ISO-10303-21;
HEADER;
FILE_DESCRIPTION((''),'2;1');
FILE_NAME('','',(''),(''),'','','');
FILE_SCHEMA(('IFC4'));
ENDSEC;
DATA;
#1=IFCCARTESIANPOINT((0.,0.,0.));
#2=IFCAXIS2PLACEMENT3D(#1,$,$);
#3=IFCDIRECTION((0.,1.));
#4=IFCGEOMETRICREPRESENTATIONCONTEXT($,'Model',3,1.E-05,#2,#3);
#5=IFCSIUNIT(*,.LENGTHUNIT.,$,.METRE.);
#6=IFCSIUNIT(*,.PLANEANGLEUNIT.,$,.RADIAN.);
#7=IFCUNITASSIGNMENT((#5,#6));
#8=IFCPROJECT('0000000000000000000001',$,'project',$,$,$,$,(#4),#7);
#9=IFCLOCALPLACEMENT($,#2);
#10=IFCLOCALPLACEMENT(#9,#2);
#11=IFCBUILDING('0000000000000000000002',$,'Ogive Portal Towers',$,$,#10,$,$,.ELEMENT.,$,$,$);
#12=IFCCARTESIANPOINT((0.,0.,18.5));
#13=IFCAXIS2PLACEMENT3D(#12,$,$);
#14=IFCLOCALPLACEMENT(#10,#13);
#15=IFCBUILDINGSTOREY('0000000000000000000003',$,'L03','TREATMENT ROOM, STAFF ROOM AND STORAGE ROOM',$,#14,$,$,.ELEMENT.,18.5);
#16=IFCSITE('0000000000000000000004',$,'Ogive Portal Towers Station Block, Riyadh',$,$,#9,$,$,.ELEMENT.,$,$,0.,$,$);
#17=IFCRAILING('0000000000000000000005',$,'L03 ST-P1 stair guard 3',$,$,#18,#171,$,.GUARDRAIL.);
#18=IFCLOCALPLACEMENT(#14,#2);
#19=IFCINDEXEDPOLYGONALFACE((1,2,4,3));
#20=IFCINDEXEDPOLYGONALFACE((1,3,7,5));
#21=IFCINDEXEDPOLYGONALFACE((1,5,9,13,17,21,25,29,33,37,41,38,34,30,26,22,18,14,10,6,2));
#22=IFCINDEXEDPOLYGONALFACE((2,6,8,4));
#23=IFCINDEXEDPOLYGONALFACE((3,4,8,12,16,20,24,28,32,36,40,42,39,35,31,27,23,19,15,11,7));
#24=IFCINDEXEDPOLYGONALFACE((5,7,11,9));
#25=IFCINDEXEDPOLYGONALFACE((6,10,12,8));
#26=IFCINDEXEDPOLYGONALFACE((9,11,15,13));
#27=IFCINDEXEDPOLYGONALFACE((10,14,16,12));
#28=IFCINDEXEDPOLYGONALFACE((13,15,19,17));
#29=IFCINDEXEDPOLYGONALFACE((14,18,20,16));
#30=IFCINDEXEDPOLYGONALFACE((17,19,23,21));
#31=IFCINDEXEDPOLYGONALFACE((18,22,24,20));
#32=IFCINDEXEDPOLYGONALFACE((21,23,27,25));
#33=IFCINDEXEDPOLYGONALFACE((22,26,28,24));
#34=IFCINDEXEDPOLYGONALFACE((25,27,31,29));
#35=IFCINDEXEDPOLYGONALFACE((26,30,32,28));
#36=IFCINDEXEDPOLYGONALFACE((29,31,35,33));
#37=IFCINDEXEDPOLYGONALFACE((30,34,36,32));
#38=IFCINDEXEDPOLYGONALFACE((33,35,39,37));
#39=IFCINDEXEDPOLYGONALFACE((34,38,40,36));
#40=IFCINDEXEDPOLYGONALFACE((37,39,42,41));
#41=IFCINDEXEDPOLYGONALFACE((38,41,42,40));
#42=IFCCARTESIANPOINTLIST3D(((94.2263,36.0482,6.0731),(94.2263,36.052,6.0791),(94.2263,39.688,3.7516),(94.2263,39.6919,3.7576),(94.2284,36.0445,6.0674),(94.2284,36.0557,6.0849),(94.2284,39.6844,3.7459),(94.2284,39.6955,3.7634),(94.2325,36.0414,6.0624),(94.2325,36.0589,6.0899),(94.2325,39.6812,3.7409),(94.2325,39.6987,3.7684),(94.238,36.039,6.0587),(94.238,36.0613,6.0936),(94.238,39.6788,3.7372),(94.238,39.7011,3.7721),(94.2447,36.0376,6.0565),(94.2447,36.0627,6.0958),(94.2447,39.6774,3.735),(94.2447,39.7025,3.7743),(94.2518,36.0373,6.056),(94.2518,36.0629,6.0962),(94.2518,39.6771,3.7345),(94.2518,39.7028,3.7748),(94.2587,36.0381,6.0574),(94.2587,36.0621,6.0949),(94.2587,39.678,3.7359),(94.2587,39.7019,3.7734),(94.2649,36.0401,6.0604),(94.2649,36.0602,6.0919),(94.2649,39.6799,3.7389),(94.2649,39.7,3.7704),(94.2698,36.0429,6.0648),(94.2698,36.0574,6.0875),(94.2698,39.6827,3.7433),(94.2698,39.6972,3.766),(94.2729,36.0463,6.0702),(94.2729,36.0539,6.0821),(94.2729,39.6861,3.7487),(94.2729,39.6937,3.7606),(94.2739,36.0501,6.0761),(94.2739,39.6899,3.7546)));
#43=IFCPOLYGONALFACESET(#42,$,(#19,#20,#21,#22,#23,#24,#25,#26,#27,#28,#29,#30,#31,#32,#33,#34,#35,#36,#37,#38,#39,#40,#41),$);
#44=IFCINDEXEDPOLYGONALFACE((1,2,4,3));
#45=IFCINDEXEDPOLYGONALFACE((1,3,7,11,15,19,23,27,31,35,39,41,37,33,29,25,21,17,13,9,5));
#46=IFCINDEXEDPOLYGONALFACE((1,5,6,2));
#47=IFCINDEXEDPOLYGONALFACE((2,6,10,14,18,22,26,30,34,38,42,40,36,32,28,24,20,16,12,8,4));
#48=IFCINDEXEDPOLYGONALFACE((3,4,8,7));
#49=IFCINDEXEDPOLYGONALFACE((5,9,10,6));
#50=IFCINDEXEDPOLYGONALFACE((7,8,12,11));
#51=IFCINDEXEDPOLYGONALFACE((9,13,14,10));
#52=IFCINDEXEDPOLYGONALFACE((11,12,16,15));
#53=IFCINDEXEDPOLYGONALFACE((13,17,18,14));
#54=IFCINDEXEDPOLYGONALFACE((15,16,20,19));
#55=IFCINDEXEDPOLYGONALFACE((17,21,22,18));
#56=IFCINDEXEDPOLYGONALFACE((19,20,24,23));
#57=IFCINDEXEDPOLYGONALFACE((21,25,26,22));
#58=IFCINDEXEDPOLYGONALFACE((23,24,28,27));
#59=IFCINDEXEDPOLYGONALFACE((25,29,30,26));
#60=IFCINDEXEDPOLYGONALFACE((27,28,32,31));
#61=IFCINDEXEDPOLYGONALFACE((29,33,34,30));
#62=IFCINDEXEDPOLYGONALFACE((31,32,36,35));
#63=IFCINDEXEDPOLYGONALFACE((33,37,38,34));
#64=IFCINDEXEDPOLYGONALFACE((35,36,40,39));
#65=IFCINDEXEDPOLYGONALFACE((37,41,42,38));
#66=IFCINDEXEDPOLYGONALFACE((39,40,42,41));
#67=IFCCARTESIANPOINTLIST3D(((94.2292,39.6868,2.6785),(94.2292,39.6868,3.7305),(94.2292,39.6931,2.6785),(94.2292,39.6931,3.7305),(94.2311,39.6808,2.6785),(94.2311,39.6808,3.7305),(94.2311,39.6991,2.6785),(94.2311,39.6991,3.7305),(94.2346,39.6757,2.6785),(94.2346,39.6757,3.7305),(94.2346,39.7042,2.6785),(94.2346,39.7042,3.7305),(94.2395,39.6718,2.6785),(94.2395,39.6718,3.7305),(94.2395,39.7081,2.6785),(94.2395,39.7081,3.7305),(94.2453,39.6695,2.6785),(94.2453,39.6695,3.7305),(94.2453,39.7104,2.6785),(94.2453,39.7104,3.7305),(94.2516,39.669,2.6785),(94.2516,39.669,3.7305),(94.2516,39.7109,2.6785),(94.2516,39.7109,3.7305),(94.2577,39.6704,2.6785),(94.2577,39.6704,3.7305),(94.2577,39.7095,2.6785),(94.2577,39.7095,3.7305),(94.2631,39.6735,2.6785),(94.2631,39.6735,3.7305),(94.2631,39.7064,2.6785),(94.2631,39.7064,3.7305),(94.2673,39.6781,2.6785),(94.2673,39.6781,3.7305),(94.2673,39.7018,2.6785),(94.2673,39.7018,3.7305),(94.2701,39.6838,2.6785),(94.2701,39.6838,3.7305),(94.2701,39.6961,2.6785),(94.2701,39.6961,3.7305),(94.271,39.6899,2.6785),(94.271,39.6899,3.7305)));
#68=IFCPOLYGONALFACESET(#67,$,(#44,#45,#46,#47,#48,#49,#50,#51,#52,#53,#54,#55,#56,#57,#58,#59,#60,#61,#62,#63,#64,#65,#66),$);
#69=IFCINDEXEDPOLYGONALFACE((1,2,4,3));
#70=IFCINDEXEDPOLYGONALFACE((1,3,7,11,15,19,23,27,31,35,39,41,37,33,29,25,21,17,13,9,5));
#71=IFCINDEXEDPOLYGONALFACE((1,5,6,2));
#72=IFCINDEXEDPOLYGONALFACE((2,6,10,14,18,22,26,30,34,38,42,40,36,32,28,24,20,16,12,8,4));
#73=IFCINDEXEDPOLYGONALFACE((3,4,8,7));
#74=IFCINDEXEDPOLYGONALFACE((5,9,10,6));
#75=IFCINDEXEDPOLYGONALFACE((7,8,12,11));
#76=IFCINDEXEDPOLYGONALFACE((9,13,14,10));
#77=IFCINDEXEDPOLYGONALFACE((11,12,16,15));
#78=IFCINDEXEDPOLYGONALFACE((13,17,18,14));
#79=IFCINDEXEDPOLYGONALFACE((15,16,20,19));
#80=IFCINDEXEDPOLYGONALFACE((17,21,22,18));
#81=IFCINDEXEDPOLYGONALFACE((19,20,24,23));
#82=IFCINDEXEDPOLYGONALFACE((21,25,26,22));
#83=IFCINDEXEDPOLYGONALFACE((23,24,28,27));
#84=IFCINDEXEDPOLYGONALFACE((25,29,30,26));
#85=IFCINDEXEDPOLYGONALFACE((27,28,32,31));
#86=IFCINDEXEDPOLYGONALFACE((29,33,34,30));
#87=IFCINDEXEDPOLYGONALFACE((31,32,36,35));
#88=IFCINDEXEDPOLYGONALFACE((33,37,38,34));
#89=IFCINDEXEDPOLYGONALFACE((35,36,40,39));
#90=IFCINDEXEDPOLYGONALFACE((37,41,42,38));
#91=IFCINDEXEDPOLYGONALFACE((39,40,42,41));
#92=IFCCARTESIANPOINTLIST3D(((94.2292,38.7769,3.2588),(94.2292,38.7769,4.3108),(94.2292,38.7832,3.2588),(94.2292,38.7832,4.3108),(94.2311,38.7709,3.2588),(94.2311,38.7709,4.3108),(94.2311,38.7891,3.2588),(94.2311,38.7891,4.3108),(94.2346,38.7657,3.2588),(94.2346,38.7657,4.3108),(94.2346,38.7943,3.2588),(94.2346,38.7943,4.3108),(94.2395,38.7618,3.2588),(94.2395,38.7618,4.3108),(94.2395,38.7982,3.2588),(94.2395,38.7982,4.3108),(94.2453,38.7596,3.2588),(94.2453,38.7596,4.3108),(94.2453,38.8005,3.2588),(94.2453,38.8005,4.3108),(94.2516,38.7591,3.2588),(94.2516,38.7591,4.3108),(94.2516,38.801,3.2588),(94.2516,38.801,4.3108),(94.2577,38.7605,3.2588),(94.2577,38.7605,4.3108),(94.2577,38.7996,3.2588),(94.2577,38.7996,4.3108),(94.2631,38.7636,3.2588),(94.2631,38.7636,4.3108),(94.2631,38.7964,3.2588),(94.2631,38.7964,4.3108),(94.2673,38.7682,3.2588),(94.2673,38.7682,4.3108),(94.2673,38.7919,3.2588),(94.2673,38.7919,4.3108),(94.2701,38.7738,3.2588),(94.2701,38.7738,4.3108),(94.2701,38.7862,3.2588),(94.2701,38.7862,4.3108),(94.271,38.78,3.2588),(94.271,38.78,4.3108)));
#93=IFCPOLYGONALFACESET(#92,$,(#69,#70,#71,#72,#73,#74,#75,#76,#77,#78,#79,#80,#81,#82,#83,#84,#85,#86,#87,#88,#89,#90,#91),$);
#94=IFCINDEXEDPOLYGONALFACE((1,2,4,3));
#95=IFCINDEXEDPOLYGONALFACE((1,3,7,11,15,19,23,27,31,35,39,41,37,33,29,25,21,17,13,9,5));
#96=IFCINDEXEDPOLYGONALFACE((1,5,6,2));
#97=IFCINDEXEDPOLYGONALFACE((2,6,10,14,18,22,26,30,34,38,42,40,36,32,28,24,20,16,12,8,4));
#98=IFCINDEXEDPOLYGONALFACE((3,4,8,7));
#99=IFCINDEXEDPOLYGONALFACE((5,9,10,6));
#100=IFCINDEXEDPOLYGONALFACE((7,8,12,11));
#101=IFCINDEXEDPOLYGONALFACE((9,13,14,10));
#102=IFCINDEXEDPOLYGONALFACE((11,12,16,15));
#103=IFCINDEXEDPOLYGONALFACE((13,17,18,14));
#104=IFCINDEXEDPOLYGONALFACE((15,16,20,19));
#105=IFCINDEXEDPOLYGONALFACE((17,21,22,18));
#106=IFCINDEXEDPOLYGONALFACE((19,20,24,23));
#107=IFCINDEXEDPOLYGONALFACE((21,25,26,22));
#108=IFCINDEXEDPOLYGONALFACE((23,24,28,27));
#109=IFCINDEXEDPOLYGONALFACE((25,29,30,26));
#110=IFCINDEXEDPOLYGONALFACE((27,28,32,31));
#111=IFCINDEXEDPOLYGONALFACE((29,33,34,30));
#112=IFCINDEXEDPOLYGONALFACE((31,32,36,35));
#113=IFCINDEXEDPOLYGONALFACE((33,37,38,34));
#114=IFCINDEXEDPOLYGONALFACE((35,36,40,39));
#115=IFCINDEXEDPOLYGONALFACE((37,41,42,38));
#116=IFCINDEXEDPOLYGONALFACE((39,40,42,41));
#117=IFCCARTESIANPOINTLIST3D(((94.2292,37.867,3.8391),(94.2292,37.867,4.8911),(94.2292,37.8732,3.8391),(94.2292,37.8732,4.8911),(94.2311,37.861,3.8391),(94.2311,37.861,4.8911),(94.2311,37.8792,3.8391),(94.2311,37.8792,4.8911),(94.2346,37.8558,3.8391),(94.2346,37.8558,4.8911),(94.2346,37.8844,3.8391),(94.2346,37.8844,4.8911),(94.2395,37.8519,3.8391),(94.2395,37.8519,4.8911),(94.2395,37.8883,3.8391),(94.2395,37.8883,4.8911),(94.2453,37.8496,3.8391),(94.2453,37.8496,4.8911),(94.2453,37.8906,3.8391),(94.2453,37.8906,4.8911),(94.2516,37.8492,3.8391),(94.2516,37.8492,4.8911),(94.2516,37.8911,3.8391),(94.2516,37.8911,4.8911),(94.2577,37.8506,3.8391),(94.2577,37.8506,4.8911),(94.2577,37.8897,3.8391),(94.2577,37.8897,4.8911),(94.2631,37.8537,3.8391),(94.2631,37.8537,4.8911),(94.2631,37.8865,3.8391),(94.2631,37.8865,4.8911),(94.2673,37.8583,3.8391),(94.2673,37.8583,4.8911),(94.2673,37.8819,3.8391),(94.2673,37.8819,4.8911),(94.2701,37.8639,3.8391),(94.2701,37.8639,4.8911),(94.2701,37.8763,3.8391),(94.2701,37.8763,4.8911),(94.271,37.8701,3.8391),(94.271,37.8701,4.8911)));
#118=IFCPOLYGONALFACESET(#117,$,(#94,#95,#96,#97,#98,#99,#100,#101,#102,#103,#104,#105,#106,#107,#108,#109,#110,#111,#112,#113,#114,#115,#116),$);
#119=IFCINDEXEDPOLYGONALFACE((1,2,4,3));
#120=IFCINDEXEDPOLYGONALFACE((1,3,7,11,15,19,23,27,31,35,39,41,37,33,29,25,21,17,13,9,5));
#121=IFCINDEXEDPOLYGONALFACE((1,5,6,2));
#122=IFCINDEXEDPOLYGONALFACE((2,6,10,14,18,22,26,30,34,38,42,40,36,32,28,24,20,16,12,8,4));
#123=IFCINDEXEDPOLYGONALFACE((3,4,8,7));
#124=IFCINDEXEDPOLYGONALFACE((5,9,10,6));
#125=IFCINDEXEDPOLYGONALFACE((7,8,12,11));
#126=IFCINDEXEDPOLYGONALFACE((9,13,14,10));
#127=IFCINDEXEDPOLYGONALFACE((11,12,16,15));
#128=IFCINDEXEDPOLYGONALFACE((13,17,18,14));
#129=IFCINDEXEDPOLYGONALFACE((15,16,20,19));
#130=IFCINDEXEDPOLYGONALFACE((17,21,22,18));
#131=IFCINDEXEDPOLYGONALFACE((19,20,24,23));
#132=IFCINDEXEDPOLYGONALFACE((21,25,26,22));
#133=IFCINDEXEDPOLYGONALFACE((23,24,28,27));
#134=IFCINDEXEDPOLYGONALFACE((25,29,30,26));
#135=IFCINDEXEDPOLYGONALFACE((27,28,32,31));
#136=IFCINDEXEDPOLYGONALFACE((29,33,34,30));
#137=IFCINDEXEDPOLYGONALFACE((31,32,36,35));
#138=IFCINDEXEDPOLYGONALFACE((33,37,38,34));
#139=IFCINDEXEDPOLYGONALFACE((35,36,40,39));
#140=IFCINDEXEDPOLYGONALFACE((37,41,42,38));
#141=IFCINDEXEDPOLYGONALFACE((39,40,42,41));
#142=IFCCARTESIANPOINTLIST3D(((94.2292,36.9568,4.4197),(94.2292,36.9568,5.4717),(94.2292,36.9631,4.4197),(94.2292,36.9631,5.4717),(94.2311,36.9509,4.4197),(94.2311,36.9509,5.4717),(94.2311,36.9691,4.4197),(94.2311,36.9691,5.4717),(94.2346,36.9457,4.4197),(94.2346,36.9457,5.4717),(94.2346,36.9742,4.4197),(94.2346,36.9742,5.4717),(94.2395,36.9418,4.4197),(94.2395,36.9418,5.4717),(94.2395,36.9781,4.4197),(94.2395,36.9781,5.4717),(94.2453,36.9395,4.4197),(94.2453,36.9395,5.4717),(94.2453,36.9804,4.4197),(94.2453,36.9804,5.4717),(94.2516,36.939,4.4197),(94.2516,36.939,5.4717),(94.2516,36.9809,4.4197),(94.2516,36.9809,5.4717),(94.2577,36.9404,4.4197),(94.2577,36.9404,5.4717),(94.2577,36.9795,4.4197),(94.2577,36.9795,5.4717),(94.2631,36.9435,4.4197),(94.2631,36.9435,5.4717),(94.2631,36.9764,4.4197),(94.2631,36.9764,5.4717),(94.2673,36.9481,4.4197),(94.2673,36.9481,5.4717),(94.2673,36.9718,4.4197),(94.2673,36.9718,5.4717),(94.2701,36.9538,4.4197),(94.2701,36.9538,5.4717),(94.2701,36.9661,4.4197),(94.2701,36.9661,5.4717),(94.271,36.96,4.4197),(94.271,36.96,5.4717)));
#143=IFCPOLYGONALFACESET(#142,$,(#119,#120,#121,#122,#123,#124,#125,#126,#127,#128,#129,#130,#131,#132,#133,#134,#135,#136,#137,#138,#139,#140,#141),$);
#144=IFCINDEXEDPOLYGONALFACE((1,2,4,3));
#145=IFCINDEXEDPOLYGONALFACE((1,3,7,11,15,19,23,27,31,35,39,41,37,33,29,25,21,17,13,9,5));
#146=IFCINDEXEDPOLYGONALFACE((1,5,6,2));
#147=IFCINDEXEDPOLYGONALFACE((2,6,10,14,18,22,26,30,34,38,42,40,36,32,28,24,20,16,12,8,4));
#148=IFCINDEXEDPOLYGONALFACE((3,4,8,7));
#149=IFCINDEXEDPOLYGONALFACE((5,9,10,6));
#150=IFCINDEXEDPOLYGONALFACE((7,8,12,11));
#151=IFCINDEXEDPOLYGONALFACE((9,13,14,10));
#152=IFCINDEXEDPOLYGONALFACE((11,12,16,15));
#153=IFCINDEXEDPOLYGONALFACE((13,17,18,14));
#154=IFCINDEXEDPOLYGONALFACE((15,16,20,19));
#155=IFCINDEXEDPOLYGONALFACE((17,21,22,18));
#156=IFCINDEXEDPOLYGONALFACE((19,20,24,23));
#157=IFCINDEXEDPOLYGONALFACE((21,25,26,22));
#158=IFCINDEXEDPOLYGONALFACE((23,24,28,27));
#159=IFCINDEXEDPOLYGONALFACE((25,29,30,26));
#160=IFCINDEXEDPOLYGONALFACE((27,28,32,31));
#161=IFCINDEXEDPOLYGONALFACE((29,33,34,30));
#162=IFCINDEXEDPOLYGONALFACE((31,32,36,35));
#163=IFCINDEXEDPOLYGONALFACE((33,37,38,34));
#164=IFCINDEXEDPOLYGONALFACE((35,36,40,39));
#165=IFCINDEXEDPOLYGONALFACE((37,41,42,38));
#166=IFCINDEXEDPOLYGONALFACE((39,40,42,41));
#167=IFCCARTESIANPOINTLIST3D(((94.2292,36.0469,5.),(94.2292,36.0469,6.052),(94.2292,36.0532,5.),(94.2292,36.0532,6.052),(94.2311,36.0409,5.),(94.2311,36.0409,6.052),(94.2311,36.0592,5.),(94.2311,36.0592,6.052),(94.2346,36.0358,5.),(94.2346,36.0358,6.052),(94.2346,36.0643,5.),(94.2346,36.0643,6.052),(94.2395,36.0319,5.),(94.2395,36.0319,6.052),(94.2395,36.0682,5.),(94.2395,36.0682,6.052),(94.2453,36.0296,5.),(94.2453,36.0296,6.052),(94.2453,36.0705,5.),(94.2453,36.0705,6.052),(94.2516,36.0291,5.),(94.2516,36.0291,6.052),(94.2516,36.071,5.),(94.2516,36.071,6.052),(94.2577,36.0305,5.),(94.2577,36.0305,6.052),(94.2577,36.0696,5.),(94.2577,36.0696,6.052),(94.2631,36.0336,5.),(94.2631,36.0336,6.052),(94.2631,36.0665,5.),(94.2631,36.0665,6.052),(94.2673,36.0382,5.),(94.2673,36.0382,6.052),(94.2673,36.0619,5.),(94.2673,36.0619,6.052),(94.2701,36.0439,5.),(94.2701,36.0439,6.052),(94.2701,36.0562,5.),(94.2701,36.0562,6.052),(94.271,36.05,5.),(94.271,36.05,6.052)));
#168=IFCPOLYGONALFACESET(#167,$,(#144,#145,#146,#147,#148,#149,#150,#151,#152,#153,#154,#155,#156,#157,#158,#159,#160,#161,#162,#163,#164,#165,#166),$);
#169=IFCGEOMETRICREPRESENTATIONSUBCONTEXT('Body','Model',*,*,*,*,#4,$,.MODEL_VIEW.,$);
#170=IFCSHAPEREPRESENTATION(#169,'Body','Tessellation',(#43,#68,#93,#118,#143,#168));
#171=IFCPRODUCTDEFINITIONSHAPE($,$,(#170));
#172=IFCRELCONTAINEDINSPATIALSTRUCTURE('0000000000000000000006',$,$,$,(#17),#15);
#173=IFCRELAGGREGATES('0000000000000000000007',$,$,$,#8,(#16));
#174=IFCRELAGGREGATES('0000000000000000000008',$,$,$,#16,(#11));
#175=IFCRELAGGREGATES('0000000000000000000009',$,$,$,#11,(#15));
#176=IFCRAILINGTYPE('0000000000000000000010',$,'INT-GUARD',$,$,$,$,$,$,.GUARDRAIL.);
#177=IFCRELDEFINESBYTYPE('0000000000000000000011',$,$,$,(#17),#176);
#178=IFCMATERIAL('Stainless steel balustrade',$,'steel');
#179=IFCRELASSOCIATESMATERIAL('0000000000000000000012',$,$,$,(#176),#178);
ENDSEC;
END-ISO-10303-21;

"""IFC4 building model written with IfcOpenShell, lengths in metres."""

from ifc_helpers import new_model, si_unit, direction, frame, origin, origin_2d, place, context, subcontext, project, spatial, circle, extrude, material, type_object, element, save


model = new_model("IFC4")

# Units and contexts
model_context = context("Model", 3, precision=1e-05, world=origin(), true_north=direction((0.0, 1.0)))
body_context = subcontext(model_context, "Body", "Model", "MODEL_VIEW")
ifc_project = project(units=[si_unit("LENGTHUNIT", "METRE"), si_unit("PLANEANGLEUNIT", "RADIAN")], contexts=[model_context])

# Site, building, storey
site_placement = place(None, origin())
site = spatial("IfcSite", under=ifc_project, at=site_placement, Name="Ogive Portal Towers Station Block, Riyadh", CompositionType="ELEMENT", RefElevation=0.0)
building_placement = place(site_placement, origin())
building = spatial("IfcBuilding", under=site, at=building_placement, Name="Ogive Portal Towers", CompositionType="ELEMENT")
storey_placement = place(building_placement, frame((0.0, 0.0, 18.5)))
storey = spatial("IfcBuildingStorey", under=building, at=storey_placement, Name="L03", Description="TREATMENT ROOM, STAFF ROOM AND STORAGE ROOM", CompositionType="ELEMENT", Elevation=18.5)

# Railing
ifc_material_1 = material(Name="Stainless steel balustrade", Category="steel")
railing_type_1 = type_object("IfcRailingType", Name="INT-GUARD", PredefinedType="GUARDRAIL", material=ifc_material_1)
railing_1_placement = place(storey_placement, frame((94.25, 39.6899, 2.6785)))
element("IfcRailing", 1, at=railing_1_placement, inside=storey, type_object=railing_type_1, Name="L03 ST-P1 stair guard 3", PredefinedType="GUARDRAIL", context=body_context, shape_type="SweptSolid", body=[
    extrude(circle(Radius=0.0239, at=origin_2d()), frame((0.0, 0.0, 1.0762), z_axis=(0.0, -0.843112, 0.537739), x_axis=(1.0, 0.0, 0.0)), (0.0, 0.0, 1.0), 4.3171),
    extrude(circle(Radius=0.021, at=origin_2d()), origin(), (0.0, 0.0, 1.0), 1.052),
    extrude(circle(Radius=0.021, at=origin_2d()), frame((0.0, -0.9099, 0.5803)), (0.0, 0.0, 1.0), 1.052),
    extrude(circle(Radius=0.021, at=origin_2d()), frame((0.0, -1.8198, 1.1606)), (0.0, 0.0, 1.0), 1.052),
    extrude(circle(Radius=0.021, at=origin_2d()), frame((0.0, -2.73, 1.7412)), (0.0, 0.0, 1.0), 1.052),
    extrude(circle(Radius=0.021, at=origin_2d()), frame((0.0, -3.6399, 2.3215)), (0.0, 0.0, 1.0), 1.052),
])

save(model, "model.ifc")
